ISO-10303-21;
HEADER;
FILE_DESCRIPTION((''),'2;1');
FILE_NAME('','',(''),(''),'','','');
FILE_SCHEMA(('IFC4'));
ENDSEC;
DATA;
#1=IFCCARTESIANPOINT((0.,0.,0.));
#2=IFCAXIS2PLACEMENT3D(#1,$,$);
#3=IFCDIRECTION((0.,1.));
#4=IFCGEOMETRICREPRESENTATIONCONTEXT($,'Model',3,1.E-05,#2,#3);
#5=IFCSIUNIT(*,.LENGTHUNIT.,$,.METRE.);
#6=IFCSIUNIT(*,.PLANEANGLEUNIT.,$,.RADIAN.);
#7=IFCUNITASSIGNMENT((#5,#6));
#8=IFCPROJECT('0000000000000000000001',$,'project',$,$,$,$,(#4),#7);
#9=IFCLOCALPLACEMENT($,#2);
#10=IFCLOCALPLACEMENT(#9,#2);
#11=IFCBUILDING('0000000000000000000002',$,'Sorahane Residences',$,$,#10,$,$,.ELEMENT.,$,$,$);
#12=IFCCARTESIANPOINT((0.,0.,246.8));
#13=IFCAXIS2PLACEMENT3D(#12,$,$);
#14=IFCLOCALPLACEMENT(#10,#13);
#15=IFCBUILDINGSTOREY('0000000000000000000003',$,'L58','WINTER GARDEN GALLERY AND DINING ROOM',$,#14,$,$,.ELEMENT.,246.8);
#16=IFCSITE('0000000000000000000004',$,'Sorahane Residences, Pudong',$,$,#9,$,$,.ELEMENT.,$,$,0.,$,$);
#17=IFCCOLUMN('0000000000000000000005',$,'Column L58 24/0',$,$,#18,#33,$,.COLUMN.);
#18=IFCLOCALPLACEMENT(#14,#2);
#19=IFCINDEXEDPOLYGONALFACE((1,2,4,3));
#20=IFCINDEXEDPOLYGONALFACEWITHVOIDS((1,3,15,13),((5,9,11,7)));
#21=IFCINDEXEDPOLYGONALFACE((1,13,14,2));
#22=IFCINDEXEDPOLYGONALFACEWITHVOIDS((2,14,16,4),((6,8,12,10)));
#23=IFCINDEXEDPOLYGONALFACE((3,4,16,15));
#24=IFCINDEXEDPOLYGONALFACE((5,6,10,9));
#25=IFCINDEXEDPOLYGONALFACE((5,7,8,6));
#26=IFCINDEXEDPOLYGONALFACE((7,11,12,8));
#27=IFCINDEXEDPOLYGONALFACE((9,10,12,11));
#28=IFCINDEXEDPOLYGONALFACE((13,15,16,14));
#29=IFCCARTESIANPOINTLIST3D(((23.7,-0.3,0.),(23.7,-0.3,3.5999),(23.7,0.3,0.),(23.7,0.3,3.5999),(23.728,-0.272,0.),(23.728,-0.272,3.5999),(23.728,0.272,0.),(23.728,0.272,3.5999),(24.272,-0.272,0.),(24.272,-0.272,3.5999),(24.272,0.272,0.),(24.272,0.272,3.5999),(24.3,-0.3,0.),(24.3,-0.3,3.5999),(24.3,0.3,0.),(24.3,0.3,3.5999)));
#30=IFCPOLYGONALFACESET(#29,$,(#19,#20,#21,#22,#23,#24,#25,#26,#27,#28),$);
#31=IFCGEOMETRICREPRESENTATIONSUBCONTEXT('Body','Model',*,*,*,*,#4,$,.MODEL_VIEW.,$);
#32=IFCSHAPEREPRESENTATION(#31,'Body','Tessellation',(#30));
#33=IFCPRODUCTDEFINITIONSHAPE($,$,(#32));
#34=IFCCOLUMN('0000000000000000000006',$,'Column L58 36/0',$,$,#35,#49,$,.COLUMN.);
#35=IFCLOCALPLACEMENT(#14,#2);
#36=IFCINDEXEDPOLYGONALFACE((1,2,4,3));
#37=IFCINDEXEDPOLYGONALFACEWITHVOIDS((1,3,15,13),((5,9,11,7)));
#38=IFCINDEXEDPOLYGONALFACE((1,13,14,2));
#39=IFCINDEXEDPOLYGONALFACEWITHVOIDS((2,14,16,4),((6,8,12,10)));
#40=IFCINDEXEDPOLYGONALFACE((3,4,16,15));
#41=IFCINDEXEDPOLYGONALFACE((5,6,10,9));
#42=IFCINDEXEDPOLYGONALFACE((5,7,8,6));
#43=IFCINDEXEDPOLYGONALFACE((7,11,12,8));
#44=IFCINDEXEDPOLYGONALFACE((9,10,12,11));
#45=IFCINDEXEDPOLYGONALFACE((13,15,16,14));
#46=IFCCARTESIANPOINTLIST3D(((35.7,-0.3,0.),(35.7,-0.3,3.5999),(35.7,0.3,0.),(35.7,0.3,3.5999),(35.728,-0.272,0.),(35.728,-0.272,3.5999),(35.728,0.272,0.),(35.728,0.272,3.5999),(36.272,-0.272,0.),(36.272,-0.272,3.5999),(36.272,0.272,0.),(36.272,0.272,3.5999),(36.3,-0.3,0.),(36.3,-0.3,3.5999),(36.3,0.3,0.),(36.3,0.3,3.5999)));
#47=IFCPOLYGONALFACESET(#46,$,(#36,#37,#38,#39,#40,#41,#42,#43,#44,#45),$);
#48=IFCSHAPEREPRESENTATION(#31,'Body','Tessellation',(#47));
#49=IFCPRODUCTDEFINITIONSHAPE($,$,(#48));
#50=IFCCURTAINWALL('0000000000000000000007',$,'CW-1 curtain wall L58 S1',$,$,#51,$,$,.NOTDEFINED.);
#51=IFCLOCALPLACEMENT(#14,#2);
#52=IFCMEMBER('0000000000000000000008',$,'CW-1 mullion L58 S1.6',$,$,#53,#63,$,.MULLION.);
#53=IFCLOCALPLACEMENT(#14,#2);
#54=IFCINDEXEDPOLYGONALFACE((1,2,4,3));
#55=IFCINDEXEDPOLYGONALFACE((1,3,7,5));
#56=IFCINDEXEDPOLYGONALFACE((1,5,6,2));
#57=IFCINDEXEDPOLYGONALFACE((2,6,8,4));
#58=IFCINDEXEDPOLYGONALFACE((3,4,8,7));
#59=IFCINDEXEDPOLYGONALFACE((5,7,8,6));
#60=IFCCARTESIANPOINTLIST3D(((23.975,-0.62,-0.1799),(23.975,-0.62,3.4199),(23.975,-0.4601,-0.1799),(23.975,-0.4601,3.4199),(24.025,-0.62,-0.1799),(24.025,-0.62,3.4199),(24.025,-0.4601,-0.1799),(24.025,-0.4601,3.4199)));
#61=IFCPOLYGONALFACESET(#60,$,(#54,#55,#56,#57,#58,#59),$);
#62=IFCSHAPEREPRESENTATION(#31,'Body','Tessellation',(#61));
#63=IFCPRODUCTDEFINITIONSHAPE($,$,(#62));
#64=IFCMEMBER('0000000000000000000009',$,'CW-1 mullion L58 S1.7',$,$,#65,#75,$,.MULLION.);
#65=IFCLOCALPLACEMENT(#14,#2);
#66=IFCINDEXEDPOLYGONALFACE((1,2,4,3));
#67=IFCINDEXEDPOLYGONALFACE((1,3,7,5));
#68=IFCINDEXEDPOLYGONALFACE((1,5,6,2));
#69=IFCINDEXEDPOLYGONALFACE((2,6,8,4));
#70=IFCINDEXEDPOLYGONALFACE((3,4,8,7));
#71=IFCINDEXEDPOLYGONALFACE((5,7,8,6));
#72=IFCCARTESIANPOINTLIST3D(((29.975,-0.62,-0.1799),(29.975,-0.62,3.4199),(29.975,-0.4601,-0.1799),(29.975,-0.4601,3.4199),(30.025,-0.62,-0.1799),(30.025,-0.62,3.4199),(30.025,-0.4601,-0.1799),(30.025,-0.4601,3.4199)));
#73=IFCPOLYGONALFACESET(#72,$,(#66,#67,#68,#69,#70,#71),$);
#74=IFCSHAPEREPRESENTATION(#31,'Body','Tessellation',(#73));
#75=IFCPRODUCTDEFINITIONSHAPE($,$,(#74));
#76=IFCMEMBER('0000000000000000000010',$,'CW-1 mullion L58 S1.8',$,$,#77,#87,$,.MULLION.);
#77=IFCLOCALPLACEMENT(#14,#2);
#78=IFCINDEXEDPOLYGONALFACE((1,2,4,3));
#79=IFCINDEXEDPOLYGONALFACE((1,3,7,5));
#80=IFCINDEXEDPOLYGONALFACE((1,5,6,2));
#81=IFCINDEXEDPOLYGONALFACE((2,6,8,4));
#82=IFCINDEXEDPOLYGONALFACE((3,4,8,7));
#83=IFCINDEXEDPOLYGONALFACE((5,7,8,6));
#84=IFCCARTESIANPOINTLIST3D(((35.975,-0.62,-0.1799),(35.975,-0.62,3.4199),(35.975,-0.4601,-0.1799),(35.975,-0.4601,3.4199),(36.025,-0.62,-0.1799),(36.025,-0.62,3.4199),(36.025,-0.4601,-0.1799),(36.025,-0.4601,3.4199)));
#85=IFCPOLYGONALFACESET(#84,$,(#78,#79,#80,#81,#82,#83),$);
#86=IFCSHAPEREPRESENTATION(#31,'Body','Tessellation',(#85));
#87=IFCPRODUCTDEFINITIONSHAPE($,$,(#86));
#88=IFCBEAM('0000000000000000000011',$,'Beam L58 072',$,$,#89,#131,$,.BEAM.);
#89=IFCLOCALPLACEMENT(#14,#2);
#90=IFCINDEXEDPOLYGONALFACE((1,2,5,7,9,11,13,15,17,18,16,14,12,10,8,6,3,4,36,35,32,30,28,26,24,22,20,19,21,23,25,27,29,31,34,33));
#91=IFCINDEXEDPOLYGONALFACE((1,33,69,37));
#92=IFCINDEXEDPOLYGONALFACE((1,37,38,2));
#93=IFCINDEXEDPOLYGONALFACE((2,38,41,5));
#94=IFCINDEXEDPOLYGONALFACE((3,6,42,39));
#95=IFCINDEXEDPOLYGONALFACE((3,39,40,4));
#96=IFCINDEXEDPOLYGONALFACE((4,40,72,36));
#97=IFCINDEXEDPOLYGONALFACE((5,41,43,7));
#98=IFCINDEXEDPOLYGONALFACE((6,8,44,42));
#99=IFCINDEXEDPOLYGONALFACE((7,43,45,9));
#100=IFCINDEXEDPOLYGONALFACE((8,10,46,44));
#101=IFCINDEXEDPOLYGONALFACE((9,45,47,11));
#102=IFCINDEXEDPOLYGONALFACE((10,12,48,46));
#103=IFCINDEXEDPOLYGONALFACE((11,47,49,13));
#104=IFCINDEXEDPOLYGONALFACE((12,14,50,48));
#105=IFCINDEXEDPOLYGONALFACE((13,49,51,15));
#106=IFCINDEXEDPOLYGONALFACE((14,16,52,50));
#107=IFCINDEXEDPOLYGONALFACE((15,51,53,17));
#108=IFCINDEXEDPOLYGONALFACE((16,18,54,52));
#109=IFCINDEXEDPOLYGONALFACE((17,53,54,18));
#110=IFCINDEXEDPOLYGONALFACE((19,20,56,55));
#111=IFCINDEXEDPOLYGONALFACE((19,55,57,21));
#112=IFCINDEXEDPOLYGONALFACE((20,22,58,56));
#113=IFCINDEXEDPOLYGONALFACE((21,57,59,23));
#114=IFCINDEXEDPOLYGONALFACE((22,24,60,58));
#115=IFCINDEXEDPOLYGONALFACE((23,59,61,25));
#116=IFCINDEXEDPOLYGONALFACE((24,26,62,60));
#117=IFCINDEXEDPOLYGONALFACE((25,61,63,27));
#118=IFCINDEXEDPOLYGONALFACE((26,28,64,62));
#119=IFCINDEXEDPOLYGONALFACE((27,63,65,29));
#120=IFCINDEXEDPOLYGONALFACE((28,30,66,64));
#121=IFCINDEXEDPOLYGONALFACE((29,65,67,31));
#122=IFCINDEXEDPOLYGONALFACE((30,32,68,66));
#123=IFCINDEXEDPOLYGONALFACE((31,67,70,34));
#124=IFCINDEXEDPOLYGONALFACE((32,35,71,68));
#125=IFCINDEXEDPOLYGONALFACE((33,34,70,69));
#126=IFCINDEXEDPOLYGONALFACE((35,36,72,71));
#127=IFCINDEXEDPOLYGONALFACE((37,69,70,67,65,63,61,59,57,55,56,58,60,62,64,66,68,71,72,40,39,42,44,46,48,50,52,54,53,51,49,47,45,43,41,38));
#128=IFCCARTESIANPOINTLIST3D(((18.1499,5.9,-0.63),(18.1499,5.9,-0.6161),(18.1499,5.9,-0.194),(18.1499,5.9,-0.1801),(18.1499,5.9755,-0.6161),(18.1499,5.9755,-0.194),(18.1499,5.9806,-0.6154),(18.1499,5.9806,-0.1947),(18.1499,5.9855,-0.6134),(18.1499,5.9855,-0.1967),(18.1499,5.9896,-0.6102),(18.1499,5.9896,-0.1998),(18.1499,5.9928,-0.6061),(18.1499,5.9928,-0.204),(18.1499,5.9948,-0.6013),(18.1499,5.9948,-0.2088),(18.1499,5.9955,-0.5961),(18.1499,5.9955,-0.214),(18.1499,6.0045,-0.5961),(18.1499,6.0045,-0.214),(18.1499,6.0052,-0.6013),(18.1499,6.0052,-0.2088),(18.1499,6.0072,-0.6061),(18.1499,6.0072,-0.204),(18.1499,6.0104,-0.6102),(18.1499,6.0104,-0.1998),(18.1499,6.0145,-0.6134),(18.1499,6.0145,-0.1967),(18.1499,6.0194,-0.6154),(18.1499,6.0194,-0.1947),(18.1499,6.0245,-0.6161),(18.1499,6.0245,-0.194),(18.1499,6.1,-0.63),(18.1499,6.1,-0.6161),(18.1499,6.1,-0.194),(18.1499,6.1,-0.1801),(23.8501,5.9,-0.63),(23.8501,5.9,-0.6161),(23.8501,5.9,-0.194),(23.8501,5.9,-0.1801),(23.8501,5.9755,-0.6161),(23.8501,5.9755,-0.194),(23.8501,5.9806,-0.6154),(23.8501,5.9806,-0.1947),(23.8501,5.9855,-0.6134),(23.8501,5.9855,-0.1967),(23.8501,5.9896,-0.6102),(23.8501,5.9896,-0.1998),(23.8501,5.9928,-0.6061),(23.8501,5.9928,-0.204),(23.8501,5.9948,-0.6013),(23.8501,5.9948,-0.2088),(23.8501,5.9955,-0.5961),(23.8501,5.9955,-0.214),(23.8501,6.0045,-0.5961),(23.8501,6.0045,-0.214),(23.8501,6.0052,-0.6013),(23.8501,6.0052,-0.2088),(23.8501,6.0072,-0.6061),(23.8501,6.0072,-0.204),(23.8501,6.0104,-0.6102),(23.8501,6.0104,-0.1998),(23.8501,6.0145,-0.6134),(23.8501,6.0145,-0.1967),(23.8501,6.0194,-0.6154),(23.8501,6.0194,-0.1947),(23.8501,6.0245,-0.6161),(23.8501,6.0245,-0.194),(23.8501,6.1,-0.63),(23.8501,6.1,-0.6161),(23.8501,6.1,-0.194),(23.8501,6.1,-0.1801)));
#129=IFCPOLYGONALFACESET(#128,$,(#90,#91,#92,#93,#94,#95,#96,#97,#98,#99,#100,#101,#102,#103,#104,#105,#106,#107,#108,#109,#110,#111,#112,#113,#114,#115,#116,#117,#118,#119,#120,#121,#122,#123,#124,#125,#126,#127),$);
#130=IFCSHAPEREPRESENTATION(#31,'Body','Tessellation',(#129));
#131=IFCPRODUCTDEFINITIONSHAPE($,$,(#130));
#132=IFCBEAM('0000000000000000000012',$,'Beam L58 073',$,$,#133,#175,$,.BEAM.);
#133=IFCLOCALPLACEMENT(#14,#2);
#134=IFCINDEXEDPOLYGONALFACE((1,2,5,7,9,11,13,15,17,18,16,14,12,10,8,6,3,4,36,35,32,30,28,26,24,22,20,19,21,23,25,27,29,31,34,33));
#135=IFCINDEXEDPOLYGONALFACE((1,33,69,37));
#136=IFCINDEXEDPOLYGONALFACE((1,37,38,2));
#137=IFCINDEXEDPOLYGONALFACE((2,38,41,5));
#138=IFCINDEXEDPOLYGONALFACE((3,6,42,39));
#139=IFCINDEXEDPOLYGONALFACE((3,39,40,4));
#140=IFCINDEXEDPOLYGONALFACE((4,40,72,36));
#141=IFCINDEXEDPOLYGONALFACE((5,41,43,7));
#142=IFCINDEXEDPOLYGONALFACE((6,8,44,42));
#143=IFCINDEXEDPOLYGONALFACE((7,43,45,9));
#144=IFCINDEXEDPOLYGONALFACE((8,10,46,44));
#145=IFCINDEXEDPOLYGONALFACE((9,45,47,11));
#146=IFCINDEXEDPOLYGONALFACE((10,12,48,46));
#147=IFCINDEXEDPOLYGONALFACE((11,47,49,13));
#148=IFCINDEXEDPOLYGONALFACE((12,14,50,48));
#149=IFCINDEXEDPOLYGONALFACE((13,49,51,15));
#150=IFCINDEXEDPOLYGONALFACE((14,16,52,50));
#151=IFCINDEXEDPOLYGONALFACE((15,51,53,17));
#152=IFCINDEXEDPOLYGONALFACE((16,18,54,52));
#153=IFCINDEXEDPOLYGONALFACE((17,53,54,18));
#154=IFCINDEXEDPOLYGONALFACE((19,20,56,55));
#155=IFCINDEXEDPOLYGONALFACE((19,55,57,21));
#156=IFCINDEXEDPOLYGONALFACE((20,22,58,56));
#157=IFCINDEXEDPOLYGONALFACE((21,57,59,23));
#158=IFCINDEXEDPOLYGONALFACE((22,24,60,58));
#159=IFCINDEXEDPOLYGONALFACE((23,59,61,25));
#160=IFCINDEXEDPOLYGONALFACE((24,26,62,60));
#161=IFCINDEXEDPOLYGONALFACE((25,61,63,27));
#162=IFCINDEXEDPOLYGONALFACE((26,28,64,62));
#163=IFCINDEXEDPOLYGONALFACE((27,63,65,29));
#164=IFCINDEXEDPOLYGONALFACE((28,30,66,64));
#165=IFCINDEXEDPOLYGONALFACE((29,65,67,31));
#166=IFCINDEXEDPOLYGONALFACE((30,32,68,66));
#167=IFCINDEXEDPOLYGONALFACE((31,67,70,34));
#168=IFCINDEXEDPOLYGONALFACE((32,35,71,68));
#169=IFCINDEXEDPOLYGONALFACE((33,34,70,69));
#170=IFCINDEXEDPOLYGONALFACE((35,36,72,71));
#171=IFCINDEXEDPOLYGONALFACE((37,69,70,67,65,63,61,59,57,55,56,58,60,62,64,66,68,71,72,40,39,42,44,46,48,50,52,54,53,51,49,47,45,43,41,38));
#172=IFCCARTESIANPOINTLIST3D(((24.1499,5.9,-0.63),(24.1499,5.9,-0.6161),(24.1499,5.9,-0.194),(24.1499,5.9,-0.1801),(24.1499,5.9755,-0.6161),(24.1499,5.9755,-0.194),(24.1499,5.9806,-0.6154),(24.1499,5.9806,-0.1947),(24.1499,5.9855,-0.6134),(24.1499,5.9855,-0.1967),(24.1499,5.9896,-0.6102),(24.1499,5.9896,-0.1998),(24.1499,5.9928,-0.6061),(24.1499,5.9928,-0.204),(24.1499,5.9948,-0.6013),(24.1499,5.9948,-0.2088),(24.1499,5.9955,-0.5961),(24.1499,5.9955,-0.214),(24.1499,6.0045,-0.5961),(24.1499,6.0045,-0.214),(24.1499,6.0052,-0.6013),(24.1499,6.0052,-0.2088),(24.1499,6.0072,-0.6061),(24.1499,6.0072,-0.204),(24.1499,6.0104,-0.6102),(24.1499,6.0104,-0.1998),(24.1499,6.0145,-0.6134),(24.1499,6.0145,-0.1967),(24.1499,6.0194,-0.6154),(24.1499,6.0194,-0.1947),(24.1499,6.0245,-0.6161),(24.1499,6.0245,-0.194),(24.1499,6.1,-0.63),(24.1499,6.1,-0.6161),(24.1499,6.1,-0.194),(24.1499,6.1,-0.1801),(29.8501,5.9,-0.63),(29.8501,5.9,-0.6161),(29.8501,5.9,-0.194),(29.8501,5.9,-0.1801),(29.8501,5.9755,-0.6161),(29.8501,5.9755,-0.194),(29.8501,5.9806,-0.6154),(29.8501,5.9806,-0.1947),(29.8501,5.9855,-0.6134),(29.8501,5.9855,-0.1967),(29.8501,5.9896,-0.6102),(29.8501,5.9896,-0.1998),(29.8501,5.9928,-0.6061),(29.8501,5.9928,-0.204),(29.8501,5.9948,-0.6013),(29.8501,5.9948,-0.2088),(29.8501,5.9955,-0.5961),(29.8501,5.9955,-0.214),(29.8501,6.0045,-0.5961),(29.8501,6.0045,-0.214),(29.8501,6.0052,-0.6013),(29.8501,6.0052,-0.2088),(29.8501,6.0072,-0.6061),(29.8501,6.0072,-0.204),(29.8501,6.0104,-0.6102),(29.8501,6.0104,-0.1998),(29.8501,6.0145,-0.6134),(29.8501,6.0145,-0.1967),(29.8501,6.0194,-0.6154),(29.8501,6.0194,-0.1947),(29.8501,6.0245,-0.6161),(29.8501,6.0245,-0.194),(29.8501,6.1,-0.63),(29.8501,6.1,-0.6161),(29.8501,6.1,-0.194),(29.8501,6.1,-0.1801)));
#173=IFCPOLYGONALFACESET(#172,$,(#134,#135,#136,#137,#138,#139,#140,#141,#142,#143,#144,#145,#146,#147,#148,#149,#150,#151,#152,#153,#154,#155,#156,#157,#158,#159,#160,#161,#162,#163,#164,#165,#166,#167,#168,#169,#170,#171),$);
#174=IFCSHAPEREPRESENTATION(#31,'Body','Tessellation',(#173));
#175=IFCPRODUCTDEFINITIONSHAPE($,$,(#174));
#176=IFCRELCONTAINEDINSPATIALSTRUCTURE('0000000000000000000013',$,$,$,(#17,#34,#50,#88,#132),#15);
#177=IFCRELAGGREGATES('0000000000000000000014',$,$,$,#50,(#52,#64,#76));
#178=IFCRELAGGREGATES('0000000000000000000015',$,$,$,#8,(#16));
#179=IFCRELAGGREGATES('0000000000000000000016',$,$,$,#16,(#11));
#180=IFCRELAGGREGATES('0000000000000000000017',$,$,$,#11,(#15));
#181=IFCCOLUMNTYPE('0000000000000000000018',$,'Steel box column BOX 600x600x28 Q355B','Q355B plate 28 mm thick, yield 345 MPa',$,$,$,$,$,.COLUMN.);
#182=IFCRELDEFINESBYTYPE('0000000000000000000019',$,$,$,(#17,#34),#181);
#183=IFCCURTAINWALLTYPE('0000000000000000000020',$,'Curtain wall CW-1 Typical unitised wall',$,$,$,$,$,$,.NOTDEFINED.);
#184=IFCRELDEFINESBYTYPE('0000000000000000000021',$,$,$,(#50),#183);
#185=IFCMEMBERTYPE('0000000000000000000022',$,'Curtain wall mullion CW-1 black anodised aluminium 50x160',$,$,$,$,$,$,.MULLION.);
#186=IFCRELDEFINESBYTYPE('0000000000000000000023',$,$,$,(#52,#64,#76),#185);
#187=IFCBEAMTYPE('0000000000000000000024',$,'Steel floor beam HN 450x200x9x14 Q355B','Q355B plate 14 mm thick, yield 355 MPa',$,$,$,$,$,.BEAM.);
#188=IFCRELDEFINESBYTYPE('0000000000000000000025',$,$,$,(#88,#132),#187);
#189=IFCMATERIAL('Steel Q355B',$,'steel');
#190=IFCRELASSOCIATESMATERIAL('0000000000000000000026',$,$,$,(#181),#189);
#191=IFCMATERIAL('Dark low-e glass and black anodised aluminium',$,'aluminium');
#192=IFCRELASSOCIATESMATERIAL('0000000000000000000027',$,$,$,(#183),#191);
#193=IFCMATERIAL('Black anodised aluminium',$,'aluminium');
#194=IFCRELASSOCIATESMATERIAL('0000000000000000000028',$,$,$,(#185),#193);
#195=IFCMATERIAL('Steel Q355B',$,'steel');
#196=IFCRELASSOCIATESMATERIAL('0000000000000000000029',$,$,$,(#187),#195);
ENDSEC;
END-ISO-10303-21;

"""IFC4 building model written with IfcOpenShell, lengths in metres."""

from ifc_helpers import new_model, si_unit, direction, frame, origin, origin_2d, place, context, subcontext, project, spatial, rectangle, hollow_rectangle, i_section, extrude, material, material_profile, profile_set, type_object, element, aggregate, save


model = new_model("IFC4")

# Units and contexts
model_context = context("Model", 3, precision=1e-05, world=origin(), true_north=direction((0.0, 1.0)))
body_context = subcontext(model_context, "Body", "Model", "MODEL_VIEW")
ifc_project = project(units=[si_unit("LENGTHUNIT", "METRE"), si_unit("PLANEANGLEUNIT", "RADIAN")], contexts=[model_context])

# Site, building, storey
site_placement = place(None, origin())
site = spatial("IfcSite", under=ifc_project, at=site_placement, Name="Sorahane Residences, Pudong", CompositionType="ELEMENT", RefElevation=0.0)
building_placement = place(site_placement, origin())
building = spatial("IfcBuilding", under=site, at=building_placement, Name="Sorahane Residences", CompositionType="ELEMENT")
storey_placement = place(building_placement, frame((0.0, 0.0, 246.8)))
storey = spatial("IfcBuildingStorey", under=building, at=storey_placement, Name="L58", Description="WINTER GARDEN GALLERY AND DINING ROOM", CompositionType="ELEMENT", Elevation=246.8)

# Columns
ifc_material_1 = material(Name="Steel Q355B", Category="steel")
ifc_material_profile_1 = material_profile(ifc_material_1, hollow_rectangle(XDim=0.6001, YDim=0.6001, WallThickness=0.0281, at=origin_2d()), Name="BOX 600x600x28")
ifc_profile_set_1 = profile_set([ifc_material_profile_1], Name="Steel Q355B")
column_type = type_object("IfcColumnType", Name="Steel box column BOX 600x600x28 Q355B", Description="Q355B plate 28 mm thick, yield 345 MPa", PredefinedType="COLUMN", material=ifc_profile_set_1)
for number, where, z_axis, x_axis, name in (
    (1, (24.0, 0.0, 0.0), (0.0, 0.0, 1.0), (1.0, 0.0, 0.0), "Column L58 24/0"),
    (2, (36.0, 0.0, 0.0), (0.0, 0.0, 1.0), (1.0, 0.0, 0.0), "Column L58 36/0"),
):
    element("IfcColumn", number, at=place(storey_placement, frame(where, z_axis=z_axis, x_axis=x_axis)), inside=storey, type_object=column_type, Name=name, PredefinedType="COLUMN", context=body_context, shape_type="SweptSolid", body=[
        extrude(hollow_rectangle(XDim=0.6001, YDim=0.6001, WallThickness=0.0281, at=origin_2d()), origin(), (0.0, 0.0, 1.0), 3.5999),
    ])

# Curtain wall, members
ifc_material_2 = material(Name="Dark low-e glass and black anodised aluminium", Category="aluminium")
curtain_wall_type = type_object("IfcCurtainWallType", Name="Curtain wall CW-1 Typical unitised wall", PredefinedType="NOTDEFINED", material=ifc_material_2)
curtain_wall_placement = place(storey_placement, origin())
curtain_wall = element("IfcCurtainWall", 3, at=curtain_wall_placement, inside=storey, type_object=curtain_wall_type, Name="CW-1 curtain wall L58 S1", PredefinedType="NOTDEFINED")
ifc_material_3 = material(Name="Black anodised aluminium", Category="aluminium")
ifc_material_profile_2 = material_profile(ifc_material_3, rectangle(XDim=0.1599, YDim=0.05, at=origin_2d()), Name="Curtain wall mullion CW-1 black anodised aluminium 50x160")
ifc_profile_set_2 = profile_set([ifc_material_profile_2], Name="Black anodised aluminium")
member_type = type_object("IfcMemberType", Name="Curtain wall mullion CW-1 black anodised aluminium 50x160", PredefinedType="MULLION", material=ifc_profile_set_2)
member_1_placement = place(storey_placement, frame((24.0, -0.54, -0.1799), z_axis=(0.0, 0.0, 1.0), x_axis=(0.0, -1.0, 0.0)))
member_1 = element("IfcMember", 4, at=member_1_placement, type_object=member_type, Name="CW-1 mullion L58 S1.6", PredefinedType="MULLION", context=body_context, shape_type="SweptSolid", body=[
    extrude(rectangle(XDim=0.1599, YDim=0.05, at=origin_2d()), origin(), (0.0, 0.0, 1.0), 3.5999),
])
member_2_placement = place(storey_placement, frame((30.0, -0.54, -0.1799), z_axis=(0.0, 0.0, 1.0), x_axis=(0.0, -1.0, 0.0)))
member_2 = element("IfcMember", 5, at=member_2_placement, type_object=member_type, Name="CW-1 mullion L58 S1.7", PredefinedType="MULLION", context=body_context, shape_type="SweptSolid", body=[
    extrude(rectangle(XDim=0.1599, YDim=0.05, at=origin_2d()), origin(), (0.0, 0.0, 1.0), 3.5999),
])
member_3_placement = place(storey_placement, frame((36.0, -0.54, -0.1799), z_axis=(0.0, 0.0, 1.0), x_axis=(0.0, -1.0, 0.0)))
member_3 = element("IfcMember", 6, at=member_3_placement, type_object=member_type, Name="CW-1 mullion L58 S1.8", PredefinedType="MULLION", context=body_context, shape_type="SweptSolid", body=[
    extrude(rectangle(XDim=0.1599, YDim=0.05, at=origin_2d()), origin(), (0.0, 0.0, 1.0), 3.5999),
])

# Beams
ifc_material_4 = material(Name="Steel Q355B", Category="steel")
ifc_material_profile_3 = material_profile(ifc_material_4, i_section(OverallWidth=0.2, OverallDepth=0.45, WebThickness=0.009, FlangeThickness=0.0139, FilletRadius=0.02, at=origin_2d()), Name="HN 450x200x9x14")
ifc_profile_set_3 = profile_set([ifc_material_profile_3], Name="Steel Q355B")
beam_type_1 = type_object("IfcBeamType", Name="Steel floor beam HN 450x200x9x14 Q355B", Description="Q355B plate 14 mm thick, yield 355 MPa", PredefinedType="BEAM", material=ifc_profile_set_3)
for number, where, z_axis, x_axis, name in (
    (7, (18.1499, 6.0, -0.405), (1.0, 0.0, 0.0), (0.0, 1.0, 0.0), "Beam L58 072"),
    (8, (24.1499, 6.0, -0.405), (1.0, 0.0, 0.0), (0.0, 1.0, 0.0), "Beam L58 073"),
):
    element("IfcBeam", number, at=place(storey_placement, frame(where, z_axis=z_axis, x_axis=x_axis)), inside=storey, type_object=beam_type_1, Name=name, PredefinedType="BEAM", context=body_context, shape_type="SweptSolid", body=[
        extrude(i_section(OverallWidth=0.2, OverallDepth=0.45, WebThickness=0.009, FlangeThickness=0.0139, FilletRadius=0.02, at=origin_2d()), origin(), (0.0, 0.0, 1.0), 5.7002),
    ])

aggregate(curtain_wall, [member_1, member_2, member_3])

save(model, "model.ifc")
